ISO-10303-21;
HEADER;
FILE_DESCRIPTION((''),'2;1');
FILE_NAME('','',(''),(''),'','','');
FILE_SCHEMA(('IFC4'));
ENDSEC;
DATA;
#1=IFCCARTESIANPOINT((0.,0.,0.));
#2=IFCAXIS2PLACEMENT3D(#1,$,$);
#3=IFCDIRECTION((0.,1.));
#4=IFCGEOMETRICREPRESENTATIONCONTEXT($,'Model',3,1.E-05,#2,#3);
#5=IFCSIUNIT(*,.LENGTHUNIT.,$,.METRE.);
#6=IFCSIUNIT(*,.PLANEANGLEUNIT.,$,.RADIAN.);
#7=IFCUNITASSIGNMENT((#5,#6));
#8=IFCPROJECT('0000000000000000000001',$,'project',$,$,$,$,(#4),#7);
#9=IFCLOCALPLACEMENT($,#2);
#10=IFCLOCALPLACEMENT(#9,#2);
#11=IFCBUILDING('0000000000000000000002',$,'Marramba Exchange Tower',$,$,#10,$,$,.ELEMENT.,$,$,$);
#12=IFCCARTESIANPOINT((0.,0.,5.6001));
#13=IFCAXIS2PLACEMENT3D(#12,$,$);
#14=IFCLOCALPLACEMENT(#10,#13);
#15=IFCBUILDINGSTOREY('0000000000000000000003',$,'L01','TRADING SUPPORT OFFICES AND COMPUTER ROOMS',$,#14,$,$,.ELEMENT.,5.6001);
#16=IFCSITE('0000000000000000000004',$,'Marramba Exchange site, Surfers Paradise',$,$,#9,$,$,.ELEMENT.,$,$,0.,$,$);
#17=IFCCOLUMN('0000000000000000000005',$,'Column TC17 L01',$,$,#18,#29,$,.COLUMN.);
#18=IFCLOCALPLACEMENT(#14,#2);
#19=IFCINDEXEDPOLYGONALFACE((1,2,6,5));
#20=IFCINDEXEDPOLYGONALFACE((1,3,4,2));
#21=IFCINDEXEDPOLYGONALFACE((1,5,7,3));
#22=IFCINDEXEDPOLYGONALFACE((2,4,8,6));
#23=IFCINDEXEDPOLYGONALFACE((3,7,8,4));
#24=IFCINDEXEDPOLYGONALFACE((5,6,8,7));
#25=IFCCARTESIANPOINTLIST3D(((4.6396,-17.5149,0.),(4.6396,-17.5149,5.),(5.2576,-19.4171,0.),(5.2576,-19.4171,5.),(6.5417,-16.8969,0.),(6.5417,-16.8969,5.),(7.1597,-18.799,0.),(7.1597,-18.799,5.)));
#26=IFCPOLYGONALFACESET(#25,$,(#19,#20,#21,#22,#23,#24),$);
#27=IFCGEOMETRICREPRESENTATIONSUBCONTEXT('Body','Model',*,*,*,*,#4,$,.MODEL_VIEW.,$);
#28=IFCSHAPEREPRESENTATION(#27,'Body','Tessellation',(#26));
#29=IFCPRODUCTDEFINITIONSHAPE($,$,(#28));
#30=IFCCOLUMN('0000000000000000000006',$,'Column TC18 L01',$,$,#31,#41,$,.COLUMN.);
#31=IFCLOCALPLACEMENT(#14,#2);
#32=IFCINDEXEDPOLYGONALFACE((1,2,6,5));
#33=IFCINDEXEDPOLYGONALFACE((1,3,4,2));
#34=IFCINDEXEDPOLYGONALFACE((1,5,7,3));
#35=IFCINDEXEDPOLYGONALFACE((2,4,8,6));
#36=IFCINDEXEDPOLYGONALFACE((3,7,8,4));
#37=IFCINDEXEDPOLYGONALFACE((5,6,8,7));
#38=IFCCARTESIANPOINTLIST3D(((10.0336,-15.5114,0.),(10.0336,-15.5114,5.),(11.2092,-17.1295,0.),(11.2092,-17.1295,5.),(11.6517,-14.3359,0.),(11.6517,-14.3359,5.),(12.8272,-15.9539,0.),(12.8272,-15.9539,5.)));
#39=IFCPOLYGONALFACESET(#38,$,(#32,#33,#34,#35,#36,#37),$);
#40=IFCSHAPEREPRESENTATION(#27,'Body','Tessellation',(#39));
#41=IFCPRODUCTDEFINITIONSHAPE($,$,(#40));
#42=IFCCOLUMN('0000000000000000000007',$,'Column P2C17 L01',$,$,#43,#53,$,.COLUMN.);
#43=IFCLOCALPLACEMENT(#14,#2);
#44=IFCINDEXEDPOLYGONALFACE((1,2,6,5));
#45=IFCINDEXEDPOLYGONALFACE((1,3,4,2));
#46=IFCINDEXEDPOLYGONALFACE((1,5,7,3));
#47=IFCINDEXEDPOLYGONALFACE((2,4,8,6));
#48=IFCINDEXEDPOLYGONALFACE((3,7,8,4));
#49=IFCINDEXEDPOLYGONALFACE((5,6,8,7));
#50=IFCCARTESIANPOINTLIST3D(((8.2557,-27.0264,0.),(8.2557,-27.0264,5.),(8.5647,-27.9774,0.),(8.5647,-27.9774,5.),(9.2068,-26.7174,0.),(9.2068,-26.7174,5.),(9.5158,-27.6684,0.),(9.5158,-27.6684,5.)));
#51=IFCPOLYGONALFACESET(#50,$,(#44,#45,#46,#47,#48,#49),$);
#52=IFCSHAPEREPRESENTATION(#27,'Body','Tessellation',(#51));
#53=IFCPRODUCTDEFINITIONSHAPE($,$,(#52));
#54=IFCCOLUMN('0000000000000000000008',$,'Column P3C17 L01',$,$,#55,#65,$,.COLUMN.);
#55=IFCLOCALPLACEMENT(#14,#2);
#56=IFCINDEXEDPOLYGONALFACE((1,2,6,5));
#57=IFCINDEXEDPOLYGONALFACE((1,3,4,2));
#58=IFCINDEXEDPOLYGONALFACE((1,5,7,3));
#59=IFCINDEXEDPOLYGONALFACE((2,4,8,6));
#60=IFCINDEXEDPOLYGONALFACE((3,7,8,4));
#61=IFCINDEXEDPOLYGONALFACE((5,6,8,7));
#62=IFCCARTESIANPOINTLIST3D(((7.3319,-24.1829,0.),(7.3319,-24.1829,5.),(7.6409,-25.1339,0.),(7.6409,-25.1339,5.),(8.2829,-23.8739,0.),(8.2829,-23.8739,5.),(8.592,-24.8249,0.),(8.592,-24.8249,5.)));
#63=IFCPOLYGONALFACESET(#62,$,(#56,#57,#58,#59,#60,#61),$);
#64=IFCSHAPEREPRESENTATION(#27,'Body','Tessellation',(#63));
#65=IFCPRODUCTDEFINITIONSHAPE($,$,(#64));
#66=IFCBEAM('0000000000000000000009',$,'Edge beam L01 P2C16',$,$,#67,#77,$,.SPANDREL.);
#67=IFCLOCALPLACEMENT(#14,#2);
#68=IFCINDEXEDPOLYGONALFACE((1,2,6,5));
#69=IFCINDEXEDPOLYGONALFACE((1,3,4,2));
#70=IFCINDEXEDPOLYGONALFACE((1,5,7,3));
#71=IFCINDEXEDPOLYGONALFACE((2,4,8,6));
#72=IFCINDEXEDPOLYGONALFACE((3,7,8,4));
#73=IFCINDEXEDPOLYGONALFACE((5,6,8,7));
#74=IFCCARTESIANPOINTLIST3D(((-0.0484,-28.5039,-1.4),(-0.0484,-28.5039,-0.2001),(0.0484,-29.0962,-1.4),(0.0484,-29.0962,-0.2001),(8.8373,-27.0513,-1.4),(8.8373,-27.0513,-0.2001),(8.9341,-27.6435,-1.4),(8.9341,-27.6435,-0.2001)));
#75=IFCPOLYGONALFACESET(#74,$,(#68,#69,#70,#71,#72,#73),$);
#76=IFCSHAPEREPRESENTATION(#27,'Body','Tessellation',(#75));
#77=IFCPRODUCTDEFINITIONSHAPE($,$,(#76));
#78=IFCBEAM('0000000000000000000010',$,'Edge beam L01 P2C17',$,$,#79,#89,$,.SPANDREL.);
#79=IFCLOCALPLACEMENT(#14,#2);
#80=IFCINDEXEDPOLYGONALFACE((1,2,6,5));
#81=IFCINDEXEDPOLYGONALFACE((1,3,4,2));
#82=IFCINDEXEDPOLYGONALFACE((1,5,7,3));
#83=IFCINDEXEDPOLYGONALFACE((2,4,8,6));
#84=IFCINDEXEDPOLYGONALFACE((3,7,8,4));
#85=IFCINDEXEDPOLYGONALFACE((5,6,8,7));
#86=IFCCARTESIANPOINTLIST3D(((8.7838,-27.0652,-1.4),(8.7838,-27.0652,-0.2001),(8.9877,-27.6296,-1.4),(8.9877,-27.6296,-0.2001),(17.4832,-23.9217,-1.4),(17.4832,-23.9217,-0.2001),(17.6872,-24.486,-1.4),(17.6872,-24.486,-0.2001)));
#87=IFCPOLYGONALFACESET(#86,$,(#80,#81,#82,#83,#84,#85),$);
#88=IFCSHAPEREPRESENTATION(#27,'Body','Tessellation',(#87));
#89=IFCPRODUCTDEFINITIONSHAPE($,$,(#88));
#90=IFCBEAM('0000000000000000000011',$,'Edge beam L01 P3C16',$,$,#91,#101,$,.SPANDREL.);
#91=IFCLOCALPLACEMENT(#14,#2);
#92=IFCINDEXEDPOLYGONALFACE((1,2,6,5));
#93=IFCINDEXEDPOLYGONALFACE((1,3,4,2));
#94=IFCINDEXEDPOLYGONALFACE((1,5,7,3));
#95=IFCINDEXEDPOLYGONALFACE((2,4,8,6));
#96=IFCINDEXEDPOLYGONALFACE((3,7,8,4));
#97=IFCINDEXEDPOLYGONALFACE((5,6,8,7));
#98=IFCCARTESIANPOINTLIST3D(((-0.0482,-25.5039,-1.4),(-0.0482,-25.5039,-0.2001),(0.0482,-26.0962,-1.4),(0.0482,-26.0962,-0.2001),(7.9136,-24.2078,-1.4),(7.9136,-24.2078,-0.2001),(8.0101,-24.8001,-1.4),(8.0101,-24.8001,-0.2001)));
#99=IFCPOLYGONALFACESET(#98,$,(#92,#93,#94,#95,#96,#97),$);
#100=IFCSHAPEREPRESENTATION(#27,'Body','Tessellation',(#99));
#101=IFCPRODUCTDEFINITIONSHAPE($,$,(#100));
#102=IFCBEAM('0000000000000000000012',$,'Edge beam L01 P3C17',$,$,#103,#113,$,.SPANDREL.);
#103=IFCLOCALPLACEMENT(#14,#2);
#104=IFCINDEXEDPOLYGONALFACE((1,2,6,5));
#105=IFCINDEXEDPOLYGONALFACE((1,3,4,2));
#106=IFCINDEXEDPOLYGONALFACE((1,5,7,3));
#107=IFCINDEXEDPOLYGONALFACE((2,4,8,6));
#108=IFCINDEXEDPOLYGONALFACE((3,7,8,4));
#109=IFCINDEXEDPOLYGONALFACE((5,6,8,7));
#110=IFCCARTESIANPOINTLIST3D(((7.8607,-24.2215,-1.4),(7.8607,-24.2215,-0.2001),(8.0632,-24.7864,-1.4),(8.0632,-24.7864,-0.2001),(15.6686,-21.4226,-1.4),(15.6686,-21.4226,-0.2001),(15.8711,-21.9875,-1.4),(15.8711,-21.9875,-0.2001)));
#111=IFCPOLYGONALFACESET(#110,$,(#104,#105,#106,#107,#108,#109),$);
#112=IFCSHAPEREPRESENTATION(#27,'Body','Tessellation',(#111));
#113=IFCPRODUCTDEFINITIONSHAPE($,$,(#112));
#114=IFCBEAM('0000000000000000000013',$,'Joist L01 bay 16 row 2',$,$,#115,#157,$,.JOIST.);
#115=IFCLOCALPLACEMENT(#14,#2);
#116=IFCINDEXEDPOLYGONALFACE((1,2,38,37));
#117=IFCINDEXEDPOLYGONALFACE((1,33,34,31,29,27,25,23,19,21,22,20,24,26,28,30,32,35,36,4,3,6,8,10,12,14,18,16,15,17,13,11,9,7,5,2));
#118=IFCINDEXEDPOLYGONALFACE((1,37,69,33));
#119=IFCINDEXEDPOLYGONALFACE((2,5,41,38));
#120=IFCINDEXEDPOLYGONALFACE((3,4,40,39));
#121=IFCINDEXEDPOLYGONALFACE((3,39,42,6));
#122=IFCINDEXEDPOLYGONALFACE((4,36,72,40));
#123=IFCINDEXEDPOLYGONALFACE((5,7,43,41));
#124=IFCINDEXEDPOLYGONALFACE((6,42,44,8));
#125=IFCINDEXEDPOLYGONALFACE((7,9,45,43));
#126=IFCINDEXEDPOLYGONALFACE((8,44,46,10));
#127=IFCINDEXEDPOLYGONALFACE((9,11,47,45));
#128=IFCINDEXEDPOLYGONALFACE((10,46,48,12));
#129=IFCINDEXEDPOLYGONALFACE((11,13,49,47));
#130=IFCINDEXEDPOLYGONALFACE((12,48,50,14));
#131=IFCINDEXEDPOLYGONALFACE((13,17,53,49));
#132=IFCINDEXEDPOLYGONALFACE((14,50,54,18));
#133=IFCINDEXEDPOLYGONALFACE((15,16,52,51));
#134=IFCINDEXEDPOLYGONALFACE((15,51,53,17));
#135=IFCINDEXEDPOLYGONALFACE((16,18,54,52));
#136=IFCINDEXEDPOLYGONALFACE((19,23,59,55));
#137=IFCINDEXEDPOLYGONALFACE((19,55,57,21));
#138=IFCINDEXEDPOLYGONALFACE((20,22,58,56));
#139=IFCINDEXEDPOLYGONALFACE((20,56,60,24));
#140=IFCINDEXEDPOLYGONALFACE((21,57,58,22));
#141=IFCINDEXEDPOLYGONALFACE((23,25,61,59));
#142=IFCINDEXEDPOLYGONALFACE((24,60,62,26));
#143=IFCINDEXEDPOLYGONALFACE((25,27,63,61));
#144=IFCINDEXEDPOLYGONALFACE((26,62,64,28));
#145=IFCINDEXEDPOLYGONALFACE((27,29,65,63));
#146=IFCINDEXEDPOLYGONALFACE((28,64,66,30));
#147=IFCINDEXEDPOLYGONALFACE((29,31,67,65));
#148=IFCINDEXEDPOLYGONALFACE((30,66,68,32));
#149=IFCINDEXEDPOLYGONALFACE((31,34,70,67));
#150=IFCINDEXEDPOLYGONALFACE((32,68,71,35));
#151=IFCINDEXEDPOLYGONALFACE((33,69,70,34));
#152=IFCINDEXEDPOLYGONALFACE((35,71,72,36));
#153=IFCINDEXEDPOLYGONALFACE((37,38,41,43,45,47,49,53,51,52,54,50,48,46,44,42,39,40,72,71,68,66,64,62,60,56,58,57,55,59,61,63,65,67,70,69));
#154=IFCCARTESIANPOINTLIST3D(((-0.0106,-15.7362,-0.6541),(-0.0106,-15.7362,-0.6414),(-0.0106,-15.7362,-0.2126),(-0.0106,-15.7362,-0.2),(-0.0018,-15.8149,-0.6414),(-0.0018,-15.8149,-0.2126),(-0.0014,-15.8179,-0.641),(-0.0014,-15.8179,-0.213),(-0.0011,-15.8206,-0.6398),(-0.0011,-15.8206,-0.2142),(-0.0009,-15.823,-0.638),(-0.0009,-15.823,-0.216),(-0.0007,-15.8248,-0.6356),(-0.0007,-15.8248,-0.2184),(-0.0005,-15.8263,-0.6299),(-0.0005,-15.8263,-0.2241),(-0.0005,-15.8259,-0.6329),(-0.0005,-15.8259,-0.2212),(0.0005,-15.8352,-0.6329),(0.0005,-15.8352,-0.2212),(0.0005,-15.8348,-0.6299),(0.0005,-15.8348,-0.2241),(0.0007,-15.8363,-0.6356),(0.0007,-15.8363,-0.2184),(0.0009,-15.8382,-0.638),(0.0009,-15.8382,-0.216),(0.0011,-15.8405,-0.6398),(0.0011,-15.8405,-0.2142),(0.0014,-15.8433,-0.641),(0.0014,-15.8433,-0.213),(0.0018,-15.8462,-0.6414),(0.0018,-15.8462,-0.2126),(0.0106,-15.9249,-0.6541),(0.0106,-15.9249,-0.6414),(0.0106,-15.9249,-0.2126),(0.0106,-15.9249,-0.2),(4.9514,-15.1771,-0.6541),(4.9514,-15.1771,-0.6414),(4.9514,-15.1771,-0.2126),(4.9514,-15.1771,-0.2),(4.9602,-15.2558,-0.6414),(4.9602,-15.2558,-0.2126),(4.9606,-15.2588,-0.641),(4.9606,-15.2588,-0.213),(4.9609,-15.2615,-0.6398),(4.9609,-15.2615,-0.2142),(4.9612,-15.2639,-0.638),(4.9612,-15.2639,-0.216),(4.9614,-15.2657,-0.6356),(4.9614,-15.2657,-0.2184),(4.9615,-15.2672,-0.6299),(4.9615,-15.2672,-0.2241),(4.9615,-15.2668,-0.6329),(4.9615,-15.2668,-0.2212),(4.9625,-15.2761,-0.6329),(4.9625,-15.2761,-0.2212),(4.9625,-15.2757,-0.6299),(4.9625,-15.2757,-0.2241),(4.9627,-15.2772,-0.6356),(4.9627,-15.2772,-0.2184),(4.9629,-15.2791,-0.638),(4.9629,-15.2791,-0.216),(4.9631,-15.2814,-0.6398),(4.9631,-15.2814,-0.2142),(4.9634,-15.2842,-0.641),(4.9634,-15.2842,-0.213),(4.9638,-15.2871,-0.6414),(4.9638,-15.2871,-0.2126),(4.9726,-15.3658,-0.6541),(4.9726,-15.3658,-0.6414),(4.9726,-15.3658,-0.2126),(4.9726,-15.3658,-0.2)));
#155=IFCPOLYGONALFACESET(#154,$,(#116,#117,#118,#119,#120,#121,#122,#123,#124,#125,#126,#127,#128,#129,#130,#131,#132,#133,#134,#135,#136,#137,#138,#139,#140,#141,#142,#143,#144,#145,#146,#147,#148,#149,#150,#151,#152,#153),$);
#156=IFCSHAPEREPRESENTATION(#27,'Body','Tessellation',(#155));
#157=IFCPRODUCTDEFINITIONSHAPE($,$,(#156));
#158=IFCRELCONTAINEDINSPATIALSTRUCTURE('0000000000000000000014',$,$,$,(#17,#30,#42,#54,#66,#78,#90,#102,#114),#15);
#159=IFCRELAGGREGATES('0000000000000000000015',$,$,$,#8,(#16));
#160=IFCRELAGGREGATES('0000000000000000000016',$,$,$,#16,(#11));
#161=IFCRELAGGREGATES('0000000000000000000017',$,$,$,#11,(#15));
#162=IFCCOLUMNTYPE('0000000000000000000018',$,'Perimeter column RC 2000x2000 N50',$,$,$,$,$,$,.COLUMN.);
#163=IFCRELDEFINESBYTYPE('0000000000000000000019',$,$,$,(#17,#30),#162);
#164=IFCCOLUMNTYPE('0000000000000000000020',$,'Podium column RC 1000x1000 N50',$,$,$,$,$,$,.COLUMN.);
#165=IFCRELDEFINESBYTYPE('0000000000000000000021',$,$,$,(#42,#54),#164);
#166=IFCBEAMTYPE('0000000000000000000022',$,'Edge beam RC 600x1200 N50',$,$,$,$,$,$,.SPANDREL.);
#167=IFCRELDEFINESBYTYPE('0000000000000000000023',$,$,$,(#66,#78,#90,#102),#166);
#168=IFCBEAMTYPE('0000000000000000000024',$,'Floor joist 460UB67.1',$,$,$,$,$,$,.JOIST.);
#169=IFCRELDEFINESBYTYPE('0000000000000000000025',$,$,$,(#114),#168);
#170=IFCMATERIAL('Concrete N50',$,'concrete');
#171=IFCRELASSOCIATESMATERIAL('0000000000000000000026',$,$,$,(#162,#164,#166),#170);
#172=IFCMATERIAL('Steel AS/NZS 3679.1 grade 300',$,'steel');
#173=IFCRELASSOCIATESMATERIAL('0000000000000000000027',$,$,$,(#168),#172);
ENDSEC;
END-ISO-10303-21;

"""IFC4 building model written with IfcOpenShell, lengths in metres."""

from ifc_helpers import new_model, si_unit, direction, frame, origin, origin_2d, place, context, subcontext, project, spatial, rectangle, i_section, extrude, material, material_profile, profile_set, type_object, element, save


model = new_model("IFC4")

# Units and contexts
model_context = context("Model", 3, precision=1e-05, world=origin(), true_north=direction((0.0, 1.0)))
body_context = subcontext(model_context, "Body", "Model", "MODEL_VIEW")
ifc_project = project(units=[si_unit("LENGTHUNIT", "METRE"), si_unit("PLANEANGLEUNIT", "RADIAN")], contexts=[model_context])

# Site, building, storey
site_placement = place(None, origin())
site = spatial("IfcSite", under=ifc_project, at=site_placement, Name="Marramba Exchange site, Surfers Paradise", CompositionType="ELEMENT", RefElevation=0.0)
building_placement = place(site_placement, origin())
building = spatial("IfcBuilding", under=site, at=building_placement, Name="Marramba Exchange Tower", CompositionType="ELEMENT")
storey_placement = place(building_placement, frame((0.0, 0.0, 5.6001)))
storey = spatial("IfcBuildingStorey", under=building, at=storey_placement, Name="L01", Description="TRADING SUPPORT OFFICES AND COMPUTER ROOMS", CompositionType="ELEMENT", Elevation=5.6001)

# Columns
ifc_material_1 = material(Name="Concrete N50", Category="concrete")
ifc_material_profile_1 = material_profile(ifc_material_1, rectangle(XDim=2.0, YDim=2.0, at=origin_2d()), Name="RC 2000x2000")
ifc_profile_set_1 = profile_set([ifc_material_profile_1], Name="Concrete N50")
column_type_1 = type_object("IfcColumnType", Name="Perimeter column RC 2000x2000 N50", PredefinedType="COLUMN", material=ifc_profile_set_1)
for number, where, z_axis, x_axis, name in (
    (1, (5.8997, -18.157, 0.0), (0.0, 0.0, 1.0), (0.309017, -0.951057, 0.0), "Column TC17 L01"),
    (2, (11.4304, -15.7327, 0.0), (0.0, 0.0, 1.0), (0.587785, -0.809017, 0.0), "Column TC18 L01"),
):
    element("IfcColumn", number, at=place(storey_placement, frame(where, z_axis=z_axis, x_axis=x_axis)), inside=storey, type_object=column_type_1, Name=name, PredefinedType="COLUMN", context=body_context, shape_type="SweptSolid", body=[
        extrude(rectangle(XDim=2.0, YDim=2.0, at=origin_2d()), origin(), (0.0, 0.0, 1.0), 5.0),
    ])
ifc_material_profile_2 = material_profile(ifc_material_1, rectangle(XDim=1.0, YDim=1.0, at=origin_2d()), Name="RC 1000x1000")
ifc_profile_set_2 = profile_set([ifc_material_profile_2], Name="Concrete N50")
column_type_2 = type_object("IfcColumnType", Name="Podium column RC 1000x1000 N50", PredefinedType="COLUMN", material=ifc_profile_set_2)
for number, where, z_axis, x_axis, name in (
    (3, (8.8857, -27.3474, 0.0), (0.0, 0.0, 1.0), (0.309017, -0.951057, 0.0), "Column P2C17 L01"),
    (4, (7.9619, -24.5039, 0.0), (0.0, 0.0, 1.0), (0.309017, -0.951057, 0.0), "Column P3C17 L01"),
):
    element("IfcColumn", number, at=place(storey_placement, frame(where, z_axis=z_axis, x_axis=x_axis)), inside=storey, type_object=column_type_2, Name=name, PredefinedType="COLUMN", context=body_context, shape_type="SweptSolid", body=[
        extrude(rectangle(XDim=1.0, YDim=1.0, at=origin_2d()), origin(), (0.0, 0.0, 1.0), 5.0),
    ])

# Beams
ifc_material_profile_3 = material_profile(ifc_material_1, rectangle(XDim=0.6001, YDim=1.2, at=origin_2d()), Name="RC 600x1200")
ifc_profile_set_3 = profile_set([ifc_material_profile_3], Name="Concrete N50")
beam_type_1 = type_object("IfcBeamType", Name="Edge beam RC 600x1200 N50", PredefinedType="SPANDREL", material=ifc_profile_set_3)
beam_1_placement = place(storey_placement, frame((0.0, -28.8, -0.8), z_axis=(0.986899, 0.161338, 0.0), x_axis=(-0.161338, 0.986899, 0.0)))
element("IfcBeam", 5, at=beam_1_placement, inside=storey, type_object=beam_type_1, Name="Edge beam L01 P2C16", PredefinedType="SPANDREL", context=body_context, shape_type="SweptSolid", body=[
    extrude(rectangle(XDim=0.6001, YDim=1.2, at=origin_2d()), origin(), (0.0, 0.0, 1.0), 9.0037),
])
beam_2_placement = place(storey_placement, frame((8.8857, -27.3474, -0.8), z_axis=(0.940482, 0.339844, 0.0), x_axis=(-0.339844, 0.940482, 0.0)))
element("IfcBeam", 6, at=beam_2_placement, inside=storey, type_object=beam_type_1, Name="Edge beam L01 P2C17", PredefinedType="SPANDREL", context=body_context, shape_type="SweptSolid", body=[
    extrude(rectangle(XDim=0.6001, YDim=1.2, at=origin_2d()), origin(), (0.0, 0.0, 1.0), 9.25),
])
beam_3_placement = place(storey_placement, frame((0.0, -25.8, -0.8), z_axis=(0.987007, 0.160678, 0.0), x_axis=(-0.160678, 0.987007, 0.0)))
element("IfcBeam", 7, at=beam_3_placement, inside=storey, type_object=beam_type_1, Name="Edge beam L01 P3C16", PredefinedType="SPANDREL", context=body_context, shape_type="SweptSolid", body=[
    extrude(rectangle(XDim=0.6001, YDim=1.2, at=origin_2d()), origin(), (0.0, 0.0, 1.0), 8.0667),
])
beam_4_placement = place(storey_placement, frame((7.9619, -24.5039, -0.8), z_axis=(0.941348, 0.337438, 0.0), x_axis=(-0.337438, 0.941348, 0.0)))
element("IfcBeam", 8, at=beam_4_placement, inside=storey, type_object=beam_type_1, Name="Edge beam L01 P3C17", PredefinedType="SPANDREL", context=body_context, shape_type="SweptSolid", body=[
    extrude(rectangle(XDim=0.6001, YDim=1.2, at=origin_2d()), origin(), (0.0, 0.0, 1.0), 8.2944),
])
ifc_material_2 = material(Name="Steel AS/NZS 3679.1 grade 300", Category="steel")
ifc_material_profile_4 = material_profile(ifc_material_2, i_section(OverallWidth=0.1899, OverallDepth=0.4541, WebThickness=0.0085, FlangeThickness=0.0127, FilletRadius=0.0115, at=origin_2d()), Name="460UB67.1")
ifc_profile_set_4 = profile_set([ifc_material_profile_4], Name="Steel AS/NZS 3679.1 grade 300")
beam_type_2 = type_object("IfcBeamType", Name="Floor joist 460UB67.1", PredefinedType="JOIST", material=ifc_profile_set_4)
beam_5_placement = place(storey_placement, frame((0.0, -15.8306, -0.427), z_axis=(0.993712, 0.111966, 0.0), x_axis=(-0.111966, 0.993712, 0.0)))
element("IfcBeam", 9, at=beam_5_placement, inside=storey, type_object=beam_type_2, Name="Joist L01 bay 16 row 2", PredefinedType="JOIST", context=body_context, shape_type="SweptSolid", body=[
    extrude(i_section(OverallWidth=0.1899, OverallDepth=0.4541, WebThickness=0.0085, FlangeThickness=0.0127, FilletRadius=0.0115, at=origin_2d()), origin(), (0.0, 0.0, 1.0), 4.9934),
])

save(model, "model.ifc")
